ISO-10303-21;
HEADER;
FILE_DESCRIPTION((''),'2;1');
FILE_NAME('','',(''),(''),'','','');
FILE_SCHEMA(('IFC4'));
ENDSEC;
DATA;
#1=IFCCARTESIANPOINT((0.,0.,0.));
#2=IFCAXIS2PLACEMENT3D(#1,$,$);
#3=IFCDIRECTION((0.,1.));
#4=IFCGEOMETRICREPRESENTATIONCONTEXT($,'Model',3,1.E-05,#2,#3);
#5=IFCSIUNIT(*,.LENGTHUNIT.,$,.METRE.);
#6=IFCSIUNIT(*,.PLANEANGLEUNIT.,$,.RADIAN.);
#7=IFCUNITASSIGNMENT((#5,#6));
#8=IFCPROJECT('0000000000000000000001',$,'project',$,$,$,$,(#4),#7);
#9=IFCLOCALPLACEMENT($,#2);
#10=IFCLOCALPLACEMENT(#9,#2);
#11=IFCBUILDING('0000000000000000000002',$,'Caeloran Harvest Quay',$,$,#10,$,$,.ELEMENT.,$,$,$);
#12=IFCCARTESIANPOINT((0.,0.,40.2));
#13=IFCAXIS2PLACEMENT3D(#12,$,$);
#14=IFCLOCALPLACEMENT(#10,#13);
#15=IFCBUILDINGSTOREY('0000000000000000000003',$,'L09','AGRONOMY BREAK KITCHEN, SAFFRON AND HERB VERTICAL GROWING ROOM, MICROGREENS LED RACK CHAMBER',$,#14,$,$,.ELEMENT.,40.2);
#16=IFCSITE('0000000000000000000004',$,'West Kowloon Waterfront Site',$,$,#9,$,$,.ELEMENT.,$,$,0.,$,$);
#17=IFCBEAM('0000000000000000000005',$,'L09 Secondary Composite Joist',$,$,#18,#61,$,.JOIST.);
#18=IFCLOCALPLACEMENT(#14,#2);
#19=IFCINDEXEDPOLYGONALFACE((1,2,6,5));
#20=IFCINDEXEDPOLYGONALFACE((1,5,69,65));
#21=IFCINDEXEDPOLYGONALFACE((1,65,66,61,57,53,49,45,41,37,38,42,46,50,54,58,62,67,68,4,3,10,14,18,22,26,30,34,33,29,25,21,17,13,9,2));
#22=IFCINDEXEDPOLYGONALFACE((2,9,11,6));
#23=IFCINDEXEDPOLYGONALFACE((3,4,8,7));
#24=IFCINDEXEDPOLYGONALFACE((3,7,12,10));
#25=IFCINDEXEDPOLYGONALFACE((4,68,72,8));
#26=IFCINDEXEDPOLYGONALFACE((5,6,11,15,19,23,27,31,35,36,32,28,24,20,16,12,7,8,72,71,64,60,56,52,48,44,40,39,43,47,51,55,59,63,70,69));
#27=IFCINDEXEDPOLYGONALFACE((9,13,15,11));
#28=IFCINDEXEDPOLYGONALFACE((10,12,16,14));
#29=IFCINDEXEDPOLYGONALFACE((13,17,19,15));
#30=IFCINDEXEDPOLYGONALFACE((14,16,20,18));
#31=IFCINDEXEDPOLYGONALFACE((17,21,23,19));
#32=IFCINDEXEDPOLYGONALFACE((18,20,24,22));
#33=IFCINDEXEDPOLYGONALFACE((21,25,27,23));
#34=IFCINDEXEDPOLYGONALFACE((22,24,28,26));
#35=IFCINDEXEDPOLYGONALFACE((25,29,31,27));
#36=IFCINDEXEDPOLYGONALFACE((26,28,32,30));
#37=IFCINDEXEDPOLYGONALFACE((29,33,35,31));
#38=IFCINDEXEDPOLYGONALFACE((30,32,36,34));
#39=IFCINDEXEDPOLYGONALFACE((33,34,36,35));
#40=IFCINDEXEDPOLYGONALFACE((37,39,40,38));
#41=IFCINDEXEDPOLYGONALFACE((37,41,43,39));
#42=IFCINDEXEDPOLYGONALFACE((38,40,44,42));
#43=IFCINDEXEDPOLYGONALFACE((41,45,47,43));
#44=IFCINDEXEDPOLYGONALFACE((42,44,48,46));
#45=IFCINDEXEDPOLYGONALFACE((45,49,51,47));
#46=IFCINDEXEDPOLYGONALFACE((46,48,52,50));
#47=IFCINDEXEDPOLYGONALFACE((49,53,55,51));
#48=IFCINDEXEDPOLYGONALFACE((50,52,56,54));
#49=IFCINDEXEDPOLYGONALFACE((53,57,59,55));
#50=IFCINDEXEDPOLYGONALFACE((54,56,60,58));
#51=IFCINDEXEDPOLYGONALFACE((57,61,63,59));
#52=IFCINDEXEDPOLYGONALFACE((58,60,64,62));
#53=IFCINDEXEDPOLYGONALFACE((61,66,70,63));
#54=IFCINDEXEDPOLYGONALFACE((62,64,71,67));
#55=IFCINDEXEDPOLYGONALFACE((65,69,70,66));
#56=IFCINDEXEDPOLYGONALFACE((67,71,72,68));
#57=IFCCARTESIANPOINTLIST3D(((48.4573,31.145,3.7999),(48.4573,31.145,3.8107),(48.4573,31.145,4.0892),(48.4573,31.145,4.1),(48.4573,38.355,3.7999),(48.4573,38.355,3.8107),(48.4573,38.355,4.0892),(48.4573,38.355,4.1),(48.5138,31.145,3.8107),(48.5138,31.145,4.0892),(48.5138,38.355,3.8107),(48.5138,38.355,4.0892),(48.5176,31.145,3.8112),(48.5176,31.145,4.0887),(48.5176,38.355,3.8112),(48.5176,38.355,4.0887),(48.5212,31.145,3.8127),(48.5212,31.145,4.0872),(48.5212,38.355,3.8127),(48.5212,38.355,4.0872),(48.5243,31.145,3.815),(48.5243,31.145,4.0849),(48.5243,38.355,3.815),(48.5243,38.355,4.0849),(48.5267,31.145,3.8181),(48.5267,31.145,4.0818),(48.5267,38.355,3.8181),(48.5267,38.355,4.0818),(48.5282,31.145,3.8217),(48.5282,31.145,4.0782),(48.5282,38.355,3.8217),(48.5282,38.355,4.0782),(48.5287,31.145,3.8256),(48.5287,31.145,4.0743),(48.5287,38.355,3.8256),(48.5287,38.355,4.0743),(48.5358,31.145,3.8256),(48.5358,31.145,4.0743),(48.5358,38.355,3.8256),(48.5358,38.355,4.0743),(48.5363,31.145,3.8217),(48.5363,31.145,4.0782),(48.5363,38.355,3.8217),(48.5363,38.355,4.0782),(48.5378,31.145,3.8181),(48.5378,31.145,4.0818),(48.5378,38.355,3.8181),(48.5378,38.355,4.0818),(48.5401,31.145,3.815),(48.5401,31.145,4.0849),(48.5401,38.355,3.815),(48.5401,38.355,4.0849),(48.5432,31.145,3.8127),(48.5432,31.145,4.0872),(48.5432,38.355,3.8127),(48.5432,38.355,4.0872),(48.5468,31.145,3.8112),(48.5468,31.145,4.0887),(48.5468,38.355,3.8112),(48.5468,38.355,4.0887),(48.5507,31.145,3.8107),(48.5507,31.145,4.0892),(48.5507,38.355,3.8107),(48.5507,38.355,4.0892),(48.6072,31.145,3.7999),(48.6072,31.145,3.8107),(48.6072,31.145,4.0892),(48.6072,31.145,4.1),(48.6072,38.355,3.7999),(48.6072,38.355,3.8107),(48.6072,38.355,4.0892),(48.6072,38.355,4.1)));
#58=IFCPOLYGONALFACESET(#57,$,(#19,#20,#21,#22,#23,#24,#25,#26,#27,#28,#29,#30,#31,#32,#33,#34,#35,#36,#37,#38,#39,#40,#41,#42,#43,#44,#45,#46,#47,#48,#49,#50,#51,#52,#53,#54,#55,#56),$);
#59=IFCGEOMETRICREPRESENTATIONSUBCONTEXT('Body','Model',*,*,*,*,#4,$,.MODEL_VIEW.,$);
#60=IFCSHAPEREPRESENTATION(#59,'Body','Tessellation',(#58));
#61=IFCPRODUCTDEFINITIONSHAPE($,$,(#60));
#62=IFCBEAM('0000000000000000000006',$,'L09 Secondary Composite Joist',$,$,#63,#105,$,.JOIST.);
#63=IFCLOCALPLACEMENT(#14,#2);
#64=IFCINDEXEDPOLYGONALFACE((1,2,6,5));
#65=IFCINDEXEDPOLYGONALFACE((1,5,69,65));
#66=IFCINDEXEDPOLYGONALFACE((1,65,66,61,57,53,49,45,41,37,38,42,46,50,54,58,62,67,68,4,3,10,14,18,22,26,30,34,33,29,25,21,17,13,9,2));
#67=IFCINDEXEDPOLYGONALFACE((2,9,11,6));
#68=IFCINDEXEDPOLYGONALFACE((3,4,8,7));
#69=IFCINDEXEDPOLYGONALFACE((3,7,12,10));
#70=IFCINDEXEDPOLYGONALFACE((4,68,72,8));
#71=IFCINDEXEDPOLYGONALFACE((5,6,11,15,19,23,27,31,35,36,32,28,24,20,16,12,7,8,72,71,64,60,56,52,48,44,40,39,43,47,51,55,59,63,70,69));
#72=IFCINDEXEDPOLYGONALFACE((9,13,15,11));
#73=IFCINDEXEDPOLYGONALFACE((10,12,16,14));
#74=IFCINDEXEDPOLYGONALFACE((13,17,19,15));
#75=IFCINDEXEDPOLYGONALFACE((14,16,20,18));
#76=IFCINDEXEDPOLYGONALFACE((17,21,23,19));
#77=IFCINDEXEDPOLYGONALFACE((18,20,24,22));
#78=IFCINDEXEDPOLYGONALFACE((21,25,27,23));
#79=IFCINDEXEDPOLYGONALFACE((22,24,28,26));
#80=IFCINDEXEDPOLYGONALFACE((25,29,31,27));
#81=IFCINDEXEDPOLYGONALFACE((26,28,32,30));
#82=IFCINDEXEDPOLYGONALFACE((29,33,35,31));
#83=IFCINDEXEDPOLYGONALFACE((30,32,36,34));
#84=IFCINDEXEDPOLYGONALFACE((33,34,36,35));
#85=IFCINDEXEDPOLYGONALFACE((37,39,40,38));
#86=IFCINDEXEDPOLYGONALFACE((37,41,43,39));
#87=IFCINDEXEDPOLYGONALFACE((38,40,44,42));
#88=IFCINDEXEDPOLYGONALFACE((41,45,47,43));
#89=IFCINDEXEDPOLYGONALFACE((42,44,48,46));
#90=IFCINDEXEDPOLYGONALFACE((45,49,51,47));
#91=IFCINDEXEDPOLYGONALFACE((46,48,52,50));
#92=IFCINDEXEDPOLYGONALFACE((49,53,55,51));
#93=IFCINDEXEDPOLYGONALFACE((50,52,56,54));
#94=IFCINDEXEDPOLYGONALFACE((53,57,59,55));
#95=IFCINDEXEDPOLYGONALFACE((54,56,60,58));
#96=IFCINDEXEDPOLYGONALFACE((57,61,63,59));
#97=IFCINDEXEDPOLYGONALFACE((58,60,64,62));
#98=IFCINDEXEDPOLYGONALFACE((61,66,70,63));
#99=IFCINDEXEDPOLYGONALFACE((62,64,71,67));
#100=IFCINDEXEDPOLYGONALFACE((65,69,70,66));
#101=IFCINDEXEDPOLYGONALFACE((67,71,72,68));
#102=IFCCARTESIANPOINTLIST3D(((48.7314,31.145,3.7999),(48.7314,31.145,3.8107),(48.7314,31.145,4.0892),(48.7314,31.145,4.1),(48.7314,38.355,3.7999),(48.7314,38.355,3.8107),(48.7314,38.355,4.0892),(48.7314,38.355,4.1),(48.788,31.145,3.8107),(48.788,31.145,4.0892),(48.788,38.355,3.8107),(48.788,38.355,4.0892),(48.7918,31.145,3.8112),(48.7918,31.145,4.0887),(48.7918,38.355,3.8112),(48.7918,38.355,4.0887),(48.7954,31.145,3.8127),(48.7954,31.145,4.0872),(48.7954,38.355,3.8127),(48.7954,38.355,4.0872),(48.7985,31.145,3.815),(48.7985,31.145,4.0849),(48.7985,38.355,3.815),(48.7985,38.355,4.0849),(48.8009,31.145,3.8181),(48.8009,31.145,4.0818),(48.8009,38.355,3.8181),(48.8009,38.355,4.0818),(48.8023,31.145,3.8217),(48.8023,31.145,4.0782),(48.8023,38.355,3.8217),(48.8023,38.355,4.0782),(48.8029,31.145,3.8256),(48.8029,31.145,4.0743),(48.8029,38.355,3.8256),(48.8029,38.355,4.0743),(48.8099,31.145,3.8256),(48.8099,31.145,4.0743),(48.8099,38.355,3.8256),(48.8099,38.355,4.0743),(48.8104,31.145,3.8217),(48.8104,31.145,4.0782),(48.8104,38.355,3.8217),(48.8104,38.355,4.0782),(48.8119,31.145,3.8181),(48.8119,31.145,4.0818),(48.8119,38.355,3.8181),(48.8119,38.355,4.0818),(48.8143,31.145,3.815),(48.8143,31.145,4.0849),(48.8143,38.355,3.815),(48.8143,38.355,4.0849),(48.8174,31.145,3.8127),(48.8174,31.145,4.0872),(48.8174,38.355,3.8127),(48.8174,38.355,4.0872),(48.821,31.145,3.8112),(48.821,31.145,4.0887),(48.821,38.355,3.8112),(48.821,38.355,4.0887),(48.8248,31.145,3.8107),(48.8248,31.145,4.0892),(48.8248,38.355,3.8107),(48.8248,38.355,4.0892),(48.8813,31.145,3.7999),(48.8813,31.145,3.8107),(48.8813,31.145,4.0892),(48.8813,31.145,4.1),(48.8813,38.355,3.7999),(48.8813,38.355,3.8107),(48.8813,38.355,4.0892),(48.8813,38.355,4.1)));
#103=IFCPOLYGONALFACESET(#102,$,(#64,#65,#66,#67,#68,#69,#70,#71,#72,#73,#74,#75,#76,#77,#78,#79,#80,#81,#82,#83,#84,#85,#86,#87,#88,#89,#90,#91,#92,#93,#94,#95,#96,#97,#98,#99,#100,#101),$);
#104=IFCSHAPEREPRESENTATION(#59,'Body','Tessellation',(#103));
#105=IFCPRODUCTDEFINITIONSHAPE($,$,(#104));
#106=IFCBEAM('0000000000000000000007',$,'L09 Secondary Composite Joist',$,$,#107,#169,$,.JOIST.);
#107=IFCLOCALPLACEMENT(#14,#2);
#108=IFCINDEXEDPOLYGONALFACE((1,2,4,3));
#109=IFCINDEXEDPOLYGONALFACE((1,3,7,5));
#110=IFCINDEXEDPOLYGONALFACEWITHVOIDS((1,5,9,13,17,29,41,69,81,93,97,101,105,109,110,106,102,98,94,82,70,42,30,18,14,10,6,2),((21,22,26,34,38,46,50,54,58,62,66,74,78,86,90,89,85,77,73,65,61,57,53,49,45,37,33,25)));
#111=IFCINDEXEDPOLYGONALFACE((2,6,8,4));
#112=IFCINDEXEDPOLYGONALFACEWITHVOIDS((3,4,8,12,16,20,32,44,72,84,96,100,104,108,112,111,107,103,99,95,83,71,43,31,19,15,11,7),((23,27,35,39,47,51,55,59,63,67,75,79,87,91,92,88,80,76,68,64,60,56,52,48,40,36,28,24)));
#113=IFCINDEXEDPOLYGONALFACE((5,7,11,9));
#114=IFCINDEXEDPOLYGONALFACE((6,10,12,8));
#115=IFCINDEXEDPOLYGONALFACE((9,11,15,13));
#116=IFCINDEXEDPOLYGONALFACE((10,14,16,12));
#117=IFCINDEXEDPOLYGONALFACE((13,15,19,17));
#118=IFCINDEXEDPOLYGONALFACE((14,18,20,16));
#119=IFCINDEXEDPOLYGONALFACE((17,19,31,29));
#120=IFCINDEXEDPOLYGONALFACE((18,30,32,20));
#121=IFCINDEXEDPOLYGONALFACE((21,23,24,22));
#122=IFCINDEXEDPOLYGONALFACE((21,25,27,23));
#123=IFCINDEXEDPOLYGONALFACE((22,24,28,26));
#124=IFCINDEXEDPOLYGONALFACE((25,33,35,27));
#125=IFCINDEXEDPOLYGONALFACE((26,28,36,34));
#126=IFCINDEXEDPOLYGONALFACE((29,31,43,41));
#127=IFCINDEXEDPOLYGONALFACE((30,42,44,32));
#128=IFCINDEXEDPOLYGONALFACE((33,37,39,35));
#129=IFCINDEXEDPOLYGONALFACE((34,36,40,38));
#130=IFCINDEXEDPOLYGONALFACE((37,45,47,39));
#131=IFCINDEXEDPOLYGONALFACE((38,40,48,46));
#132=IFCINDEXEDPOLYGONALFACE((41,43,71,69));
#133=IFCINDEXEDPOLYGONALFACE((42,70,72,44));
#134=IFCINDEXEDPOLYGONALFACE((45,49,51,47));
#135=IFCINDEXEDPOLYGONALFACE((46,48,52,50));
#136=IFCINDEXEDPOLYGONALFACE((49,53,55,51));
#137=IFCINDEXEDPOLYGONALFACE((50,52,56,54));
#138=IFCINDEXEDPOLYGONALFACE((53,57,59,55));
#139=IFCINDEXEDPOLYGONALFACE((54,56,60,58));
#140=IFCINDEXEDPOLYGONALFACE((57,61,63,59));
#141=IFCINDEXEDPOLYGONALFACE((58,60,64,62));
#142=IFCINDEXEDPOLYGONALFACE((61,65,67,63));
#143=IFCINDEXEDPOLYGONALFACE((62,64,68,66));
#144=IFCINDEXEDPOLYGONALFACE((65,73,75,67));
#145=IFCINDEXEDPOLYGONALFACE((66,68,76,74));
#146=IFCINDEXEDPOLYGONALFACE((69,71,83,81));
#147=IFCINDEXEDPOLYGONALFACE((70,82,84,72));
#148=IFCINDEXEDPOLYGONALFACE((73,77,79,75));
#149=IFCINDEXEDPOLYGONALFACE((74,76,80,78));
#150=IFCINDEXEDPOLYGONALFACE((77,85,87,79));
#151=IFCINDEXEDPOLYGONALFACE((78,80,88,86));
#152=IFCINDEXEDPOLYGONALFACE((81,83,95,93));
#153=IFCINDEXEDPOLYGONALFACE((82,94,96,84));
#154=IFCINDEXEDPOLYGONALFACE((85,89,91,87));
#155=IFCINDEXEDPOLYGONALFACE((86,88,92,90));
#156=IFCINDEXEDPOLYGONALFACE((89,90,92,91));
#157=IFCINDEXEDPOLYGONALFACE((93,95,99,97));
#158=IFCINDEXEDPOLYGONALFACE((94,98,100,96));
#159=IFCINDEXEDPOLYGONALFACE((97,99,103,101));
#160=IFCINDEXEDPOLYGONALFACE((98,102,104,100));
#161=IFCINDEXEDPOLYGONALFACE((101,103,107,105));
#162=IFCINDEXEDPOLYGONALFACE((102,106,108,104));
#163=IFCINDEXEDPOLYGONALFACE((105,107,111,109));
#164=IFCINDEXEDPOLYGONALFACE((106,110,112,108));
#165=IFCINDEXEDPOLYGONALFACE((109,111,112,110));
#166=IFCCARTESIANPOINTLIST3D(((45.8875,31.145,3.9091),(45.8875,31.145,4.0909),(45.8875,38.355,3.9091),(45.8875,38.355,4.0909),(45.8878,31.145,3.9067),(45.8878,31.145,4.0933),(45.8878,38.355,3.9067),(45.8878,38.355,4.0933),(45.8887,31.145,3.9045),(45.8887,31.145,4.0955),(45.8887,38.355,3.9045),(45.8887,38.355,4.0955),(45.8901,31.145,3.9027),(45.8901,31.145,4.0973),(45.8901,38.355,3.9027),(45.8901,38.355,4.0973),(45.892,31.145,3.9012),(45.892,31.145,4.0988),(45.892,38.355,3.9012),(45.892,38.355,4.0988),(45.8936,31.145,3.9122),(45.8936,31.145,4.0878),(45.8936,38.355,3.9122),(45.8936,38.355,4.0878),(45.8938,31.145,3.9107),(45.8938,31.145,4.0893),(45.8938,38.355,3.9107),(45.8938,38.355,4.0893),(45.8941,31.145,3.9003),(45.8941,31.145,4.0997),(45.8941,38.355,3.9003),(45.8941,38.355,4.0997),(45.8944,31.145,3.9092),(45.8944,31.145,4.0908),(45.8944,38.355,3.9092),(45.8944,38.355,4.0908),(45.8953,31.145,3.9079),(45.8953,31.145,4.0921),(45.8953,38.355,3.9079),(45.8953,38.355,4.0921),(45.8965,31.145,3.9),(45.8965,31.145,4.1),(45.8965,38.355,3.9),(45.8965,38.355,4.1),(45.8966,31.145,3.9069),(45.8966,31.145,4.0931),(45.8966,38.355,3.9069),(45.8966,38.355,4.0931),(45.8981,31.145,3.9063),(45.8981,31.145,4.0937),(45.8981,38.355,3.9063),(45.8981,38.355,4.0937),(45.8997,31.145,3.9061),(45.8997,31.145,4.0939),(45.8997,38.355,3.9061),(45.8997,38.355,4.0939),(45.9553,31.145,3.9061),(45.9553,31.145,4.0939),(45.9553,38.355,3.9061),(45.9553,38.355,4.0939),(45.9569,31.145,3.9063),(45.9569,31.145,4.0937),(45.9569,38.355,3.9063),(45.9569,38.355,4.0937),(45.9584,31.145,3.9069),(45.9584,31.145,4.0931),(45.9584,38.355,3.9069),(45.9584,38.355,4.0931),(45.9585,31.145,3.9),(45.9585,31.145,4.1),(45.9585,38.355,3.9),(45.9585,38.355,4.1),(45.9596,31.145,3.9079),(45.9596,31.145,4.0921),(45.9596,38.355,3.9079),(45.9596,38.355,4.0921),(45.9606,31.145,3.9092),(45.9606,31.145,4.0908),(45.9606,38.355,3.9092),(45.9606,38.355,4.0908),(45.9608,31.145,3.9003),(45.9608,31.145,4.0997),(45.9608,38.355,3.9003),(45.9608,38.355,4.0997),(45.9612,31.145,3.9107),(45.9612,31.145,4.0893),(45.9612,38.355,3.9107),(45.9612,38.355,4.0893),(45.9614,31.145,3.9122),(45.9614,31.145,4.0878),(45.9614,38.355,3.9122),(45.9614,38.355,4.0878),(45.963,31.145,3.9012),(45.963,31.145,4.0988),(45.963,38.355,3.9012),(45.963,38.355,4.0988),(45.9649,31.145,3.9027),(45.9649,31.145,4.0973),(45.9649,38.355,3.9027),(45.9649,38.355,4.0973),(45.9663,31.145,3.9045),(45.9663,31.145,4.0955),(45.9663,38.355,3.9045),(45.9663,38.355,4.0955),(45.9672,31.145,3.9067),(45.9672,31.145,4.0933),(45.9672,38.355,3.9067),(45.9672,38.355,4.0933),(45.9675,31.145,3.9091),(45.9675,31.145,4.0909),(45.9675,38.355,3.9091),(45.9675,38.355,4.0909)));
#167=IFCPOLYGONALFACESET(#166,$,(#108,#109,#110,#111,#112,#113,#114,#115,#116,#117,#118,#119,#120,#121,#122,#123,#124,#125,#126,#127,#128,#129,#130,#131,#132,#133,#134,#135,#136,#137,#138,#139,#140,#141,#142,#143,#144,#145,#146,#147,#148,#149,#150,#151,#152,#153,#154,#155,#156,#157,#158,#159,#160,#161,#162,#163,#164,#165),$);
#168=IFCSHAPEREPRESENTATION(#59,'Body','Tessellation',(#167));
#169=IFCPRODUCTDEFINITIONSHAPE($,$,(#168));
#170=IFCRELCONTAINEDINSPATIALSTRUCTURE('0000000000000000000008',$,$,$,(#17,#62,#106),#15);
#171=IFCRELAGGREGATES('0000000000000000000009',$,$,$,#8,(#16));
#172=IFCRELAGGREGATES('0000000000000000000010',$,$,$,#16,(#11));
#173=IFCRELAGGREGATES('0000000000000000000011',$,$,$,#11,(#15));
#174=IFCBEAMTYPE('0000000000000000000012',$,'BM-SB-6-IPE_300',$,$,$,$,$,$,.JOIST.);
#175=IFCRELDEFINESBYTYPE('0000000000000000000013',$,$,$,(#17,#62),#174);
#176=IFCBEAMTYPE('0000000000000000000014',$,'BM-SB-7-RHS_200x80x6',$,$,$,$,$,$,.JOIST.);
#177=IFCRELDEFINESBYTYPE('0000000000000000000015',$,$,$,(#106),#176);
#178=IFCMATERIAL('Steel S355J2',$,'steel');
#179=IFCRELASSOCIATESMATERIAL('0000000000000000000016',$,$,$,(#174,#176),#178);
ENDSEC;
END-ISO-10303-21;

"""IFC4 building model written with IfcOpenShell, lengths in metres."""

from ifc_helpers import new_model, si_unit, direction, frame, origin, origin_2d, place, context, subcontext, project, spatial, hollow_rectangle, i_section, extrude, material, material_profile, profile_set, type_object, element, save


model = new_model("IFC4")

# Units and contexts
model_context = context("Model", 3, precision=1e-05, world=origin(), true_north=direction((0.0, 1.0)))
body_context = subcontext(model_context, "Body", "Model", "MODEL_VIEW")
ifc_project = project(units=[si_unit("LENGTHUNIT", "METRE"), si_unit("PLANEANGLEUNIT", "RADIAN")], contexts=[model_context])

# Site, building, storey
site_placement = place(None, origin())
site = spatial("IfcSite", under=ifc_project, at=site_placement, Name="West Kowloon Waterfront Site", CompositionType="ELEMENT", RefElevation=0.0)
building_placement = place(site_placement, origin())
building = spatial("IfcBuilding", under=site, at=building_placement, Name="Caeloran Harvest Quay", CompositionType="ELEMENT")
storey_placement = place(building_placement, frame((0.0, 0.0, 40.2)))
storey = spatial("IfcBuildingStorey", under=building, at=storey_placement, Name="L09", Description="AGRONOMY BREAK KITCHEN, SAFFRON AND HERB VERTICAL GROWING ROOM, MICROGREENS LED RACK CHAMBER", CompositionType="ELEMENT", Elevation=40.2)

# Beams
ifc_material_1 = material(Name="Steel S355J2", Category="steel")
ifc_material_profile_1 = material_profile(ifc_material_1, i_section(OverallWidth=0.1499, OverallDepth=0.3, WebThickness=0.0071, FlangeThickness=0.0107, FilletRadius=0.0149, at=origin_2d()), Name="IPE 300")
ifc_profile_set_1 = profile_set([ifc_material_profile_1], Name="Steel S355J2")
beam_type_1 = type_object("IfcBeamType", Name="BM-SB-6-IPE_300", PredefinedType="JOIST", material=ifc_profile_set_1)
for number, where, z_axis, x_axis, name in (
    (1, (48.5322, 31.145, 3.95), (0.0, 1.0, 0.0), (-1.0, 0.0, 0.0), "L09 Secondary Composite Joist"),
    (2, (48.8064, 31.145, 3.95), (0.0, 1.0, 0.0), (-1.0, 0.0, 0.0), "L09 Secondary Composite Joist"),
):
    element("IfcBeam", number, at=place(storey_placement, frame(where, z_axis=z_axis, x_axis=x_axis)), inside=storey, type_object=beam_type_1, Name=name, PredefinedType="JOIST", context=body_context, shape_type="SweptSolid", body=[
        extrude(i_section(OverallWidth=0.1499, OverallDepth=0.3, WebThickness=0.0071, FlangeThickness=0.0107, FilletRadius=0.0149, at=origin_2d()), origin(), (0.0, 0.0, 1.0), 7.21),
    ])
ifc_material_profile_2 = material_profile(ifc_material_1, hollow_rectangle(XDim=0.0801, YDim=0.2, WallThickness=0.0061, InnerFilletRadius=0.0061, OuterFilletRadius=0.009, at=origin_2d()), Name="RHS 200x80x6")
ifc_profile_set_2 = profile_set([ifc_material_profile_2], Name="Steel S355J2")
beam_type_2 = type_object("IfcBeamType", Name="BM-SB-7-RHS_200x80x6", PredefinedType="JOIST", material=ifc_profile_set_2)
for number, where, z_axis, x_axis, name in (
    (3, (45.9275, 31.145, 4.0), (0.0, 1.0, 0.0), (-1.0, 0.0, 0.0), "L09 Secondary Composite Joist"),
):
    element("IfcBeam", number, at=place(storey_placement, frame(where, z_axis=z_axis, x_axis=x_axis)), inside=storey, type_object=beam_type_2, Name=name, PredefinedType="JOIST", context=body_context, shape_type="SweptSolid", body=[
        extrude(hollow_rectangle(XDim=0.0801, YDim=0.2, WallThickness=0.0061, InnerFilletRadius=0.0061, OuterFilletRadius=0.009, at=origin_2d()), origin(), (0.0, 0.0, 1.0), 7.21),
    ])

save(model, "model.ifc")
